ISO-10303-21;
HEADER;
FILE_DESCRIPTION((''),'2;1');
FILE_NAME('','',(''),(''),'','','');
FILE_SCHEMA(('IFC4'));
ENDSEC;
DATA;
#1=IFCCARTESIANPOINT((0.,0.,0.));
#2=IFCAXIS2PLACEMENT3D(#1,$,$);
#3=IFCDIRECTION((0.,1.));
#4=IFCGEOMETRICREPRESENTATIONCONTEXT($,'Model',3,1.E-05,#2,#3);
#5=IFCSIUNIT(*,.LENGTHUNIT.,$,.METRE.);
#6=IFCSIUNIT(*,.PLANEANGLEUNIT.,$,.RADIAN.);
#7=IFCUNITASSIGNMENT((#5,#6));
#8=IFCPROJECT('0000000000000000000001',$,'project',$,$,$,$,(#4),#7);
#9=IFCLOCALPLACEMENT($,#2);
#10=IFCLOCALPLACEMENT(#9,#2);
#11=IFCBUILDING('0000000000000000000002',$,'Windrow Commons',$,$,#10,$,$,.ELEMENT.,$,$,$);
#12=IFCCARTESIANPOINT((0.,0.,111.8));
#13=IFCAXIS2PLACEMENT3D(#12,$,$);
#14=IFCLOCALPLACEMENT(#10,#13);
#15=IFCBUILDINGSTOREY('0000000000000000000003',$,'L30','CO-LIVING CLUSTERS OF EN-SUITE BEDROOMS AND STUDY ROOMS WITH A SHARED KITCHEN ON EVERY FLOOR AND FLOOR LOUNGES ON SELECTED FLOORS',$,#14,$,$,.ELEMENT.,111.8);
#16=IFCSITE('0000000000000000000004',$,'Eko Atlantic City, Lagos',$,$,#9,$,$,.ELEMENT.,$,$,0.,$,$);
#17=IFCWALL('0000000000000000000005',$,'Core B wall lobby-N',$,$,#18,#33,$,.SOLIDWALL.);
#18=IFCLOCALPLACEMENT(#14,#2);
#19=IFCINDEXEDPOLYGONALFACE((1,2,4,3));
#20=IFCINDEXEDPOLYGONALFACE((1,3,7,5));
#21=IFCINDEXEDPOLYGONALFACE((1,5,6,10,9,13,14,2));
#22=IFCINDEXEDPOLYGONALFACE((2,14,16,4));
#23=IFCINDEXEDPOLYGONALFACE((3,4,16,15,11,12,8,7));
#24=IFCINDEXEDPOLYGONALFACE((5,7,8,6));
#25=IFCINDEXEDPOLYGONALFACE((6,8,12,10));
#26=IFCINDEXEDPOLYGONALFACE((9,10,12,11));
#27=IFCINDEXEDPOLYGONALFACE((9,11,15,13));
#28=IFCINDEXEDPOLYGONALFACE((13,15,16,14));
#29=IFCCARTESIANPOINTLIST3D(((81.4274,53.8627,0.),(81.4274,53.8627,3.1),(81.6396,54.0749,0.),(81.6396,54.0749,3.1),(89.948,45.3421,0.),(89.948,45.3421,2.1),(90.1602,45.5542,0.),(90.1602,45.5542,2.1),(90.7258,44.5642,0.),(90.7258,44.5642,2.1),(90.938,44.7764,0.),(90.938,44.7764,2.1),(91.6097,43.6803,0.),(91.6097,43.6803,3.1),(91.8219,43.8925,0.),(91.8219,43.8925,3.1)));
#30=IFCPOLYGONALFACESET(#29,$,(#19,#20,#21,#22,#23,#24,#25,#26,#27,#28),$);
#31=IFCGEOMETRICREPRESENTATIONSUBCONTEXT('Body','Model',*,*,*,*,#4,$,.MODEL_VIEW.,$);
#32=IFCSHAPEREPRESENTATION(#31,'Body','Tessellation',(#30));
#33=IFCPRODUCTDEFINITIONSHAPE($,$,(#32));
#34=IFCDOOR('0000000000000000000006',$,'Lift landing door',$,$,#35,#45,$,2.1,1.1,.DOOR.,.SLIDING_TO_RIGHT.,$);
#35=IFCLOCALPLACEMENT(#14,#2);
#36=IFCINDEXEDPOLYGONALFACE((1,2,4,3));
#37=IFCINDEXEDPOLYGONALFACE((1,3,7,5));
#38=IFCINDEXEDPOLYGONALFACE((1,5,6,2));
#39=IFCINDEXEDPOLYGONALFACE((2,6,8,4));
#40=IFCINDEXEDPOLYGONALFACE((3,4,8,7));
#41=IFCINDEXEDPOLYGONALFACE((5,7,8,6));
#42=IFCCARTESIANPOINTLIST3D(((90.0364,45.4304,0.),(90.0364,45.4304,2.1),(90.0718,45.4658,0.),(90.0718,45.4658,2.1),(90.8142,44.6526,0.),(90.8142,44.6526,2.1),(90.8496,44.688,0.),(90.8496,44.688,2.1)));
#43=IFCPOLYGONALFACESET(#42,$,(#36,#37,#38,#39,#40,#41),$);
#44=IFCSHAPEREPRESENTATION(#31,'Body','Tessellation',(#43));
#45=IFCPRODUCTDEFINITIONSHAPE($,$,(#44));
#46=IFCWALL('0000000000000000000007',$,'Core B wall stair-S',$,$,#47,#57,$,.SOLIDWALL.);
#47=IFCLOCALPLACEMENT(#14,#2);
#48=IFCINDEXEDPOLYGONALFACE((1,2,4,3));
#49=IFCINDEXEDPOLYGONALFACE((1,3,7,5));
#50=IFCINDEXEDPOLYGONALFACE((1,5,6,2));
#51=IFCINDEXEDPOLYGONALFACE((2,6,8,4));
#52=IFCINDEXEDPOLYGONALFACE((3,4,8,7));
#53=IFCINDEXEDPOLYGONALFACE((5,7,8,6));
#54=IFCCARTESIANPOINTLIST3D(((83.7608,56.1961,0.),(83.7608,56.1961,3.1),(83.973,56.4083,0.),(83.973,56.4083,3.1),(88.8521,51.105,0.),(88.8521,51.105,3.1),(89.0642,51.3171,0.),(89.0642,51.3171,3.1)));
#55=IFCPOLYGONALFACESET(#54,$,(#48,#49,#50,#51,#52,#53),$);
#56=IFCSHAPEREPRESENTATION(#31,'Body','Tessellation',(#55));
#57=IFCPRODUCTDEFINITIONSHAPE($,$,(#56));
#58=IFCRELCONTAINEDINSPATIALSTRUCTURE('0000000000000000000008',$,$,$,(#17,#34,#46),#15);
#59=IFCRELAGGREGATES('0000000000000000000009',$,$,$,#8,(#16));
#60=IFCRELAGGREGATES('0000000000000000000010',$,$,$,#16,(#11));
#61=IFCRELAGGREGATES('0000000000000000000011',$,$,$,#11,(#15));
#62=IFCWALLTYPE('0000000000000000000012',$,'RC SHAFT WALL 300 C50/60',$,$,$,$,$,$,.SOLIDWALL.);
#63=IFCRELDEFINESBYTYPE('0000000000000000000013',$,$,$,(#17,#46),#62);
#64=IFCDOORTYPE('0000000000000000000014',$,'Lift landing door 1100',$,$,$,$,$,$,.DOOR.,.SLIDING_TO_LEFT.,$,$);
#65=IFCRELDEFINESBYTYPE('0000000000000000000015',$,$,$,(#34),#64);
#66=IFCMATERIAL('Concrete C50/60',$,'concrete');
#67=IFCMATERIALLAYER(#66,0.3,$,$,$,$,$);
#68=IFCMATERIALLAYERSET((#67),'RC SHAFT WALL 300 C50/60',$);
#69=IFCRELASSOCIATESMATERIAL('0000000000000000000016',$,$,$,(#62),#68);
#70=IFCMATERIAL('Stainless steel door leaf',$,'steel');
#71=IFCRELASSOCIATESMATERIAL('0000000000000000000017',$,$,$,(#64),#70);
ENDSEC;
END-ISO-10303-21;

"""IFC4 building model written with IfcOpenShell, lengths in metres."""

from ifc_helpers import new_model, si_unit, direction, frame, frame_2d, origin, place, context, subcontext, project, spatial, rectangle, extrude, material, layer, layer_set, type_object, element, fill, save


model = new_model("IFC4")

# Units and contexts
model_context = context("Model", 3, precision=1e-05, world=origin(), true_north=direction((0.0, 1.0)))
body_context = subcontext(model_context, "Body", "Model", "MODEL_VIEW")
ifc_project = project(units=[si_unit("LENGTHUNIT", "METRE"), si_unit("PLANEANGLEUNIT", "RADIAN")], contexts=[model_context])

# Site, building, storey
site_placement = place(None, origin())
site = spatial("IfcSite", under=ifc_project, at=site_placement, Name="Eko Atlantic City, Lagos", CompositionType="ELEMENT", RefElevation=0.0)
building_placement = place(site_placement, origin())
building = spatial("IfcBuilding", under=site, at=building_placement, Name="Windrow Commons", CompositionType="ELEMENT")
storey_placement = place(building_placement, frame((0.0, 0.0, 111.8)))
storey = spatial("IfcBuildingStorey", under=building, at=storey_placement, Name="L30", Description="CO-LIVING CLUSTERS OF EN-SUITE BEDROOMS AND STUDY ROOMS WITH A SHARED KITCHEN ON EVERY FLOOR AND FLOOR LOUNGES ON SELECTED FLOORS", CompositionType="ELEMENT", Elevation=111.8)

# Wall, opening, door
ifc_material_1 = material(Name="Concrete C50/60", Category="concrete")
ifc_layer_1 = layer(ifc_material_1, 0.3)
ifc_layer_set_1 = layer_set([ifc_layer_1], Name="RC SHAFT WALL 300 C50/60")
wall_type_1 = type_object("IfcWallType", Name="RC SHAFT WALL 300 C50/60", PredefinedType="SOLIDWALL", material=ifc_layer_set_1)
wall_1_placement = place(storey_placement, frame((81.5335, 53.9688, 0.0), z_axis=(0.0, 0.0, 1.0), x_axis=(0.707103, -0.70711, 0.0)))
wall_1 = element("IfcWall", 1, at=wall_1_placement, inside=storey, type_object=wall_type_1, Name="Core B wall lobby-N", PredefinedType="SOLIDWALL", context=body_context, shape_type="SweptSolid", body=[
    extrude(rectangle(XDim=14.4, YDim=0.3, at=frame_2d((7.2, 0.0))), origin(), (0.0, 0.0, 1.0), 3.1),
])
opening_placement = place(wall_1_placement, frame((12.05, 0.0, 0.0)))
opening = element("IfcOpeningElement", 2, at=opening_placement, cuts=wall_1, PredefinedType="OPENING", context=body_context, shape_type="SweptSolid", body=[
    extrude(rectangle(XDim=1.1, YDim=2.1, at=frame_2d((0.55, 1.05))), frame((0.0, 0.16, 0.0), z_axis=(0.0, -1.0, 0.0), x_axis=(1.0, 0.0, 0.0)), (0.0, 0.0, 1.0), 0.32),
])
ifc_material_2 = material(Name="Stainless steel door leaf", Category="steel")
door_type = type_object("IfcDoorType", Name="Lift landing door 1100", OperationType="SLIDING_TO_LEFT", PredefinedType="DOOR", material=ifc_material_2)
door_placement = place(opening_placement, origin())
door = element("IfcDoor", 3, at=door_placement, inside=storey, type_object=door_type, Name="Lift landing door", OperationType="SLIDING_TO_RIGHT", OverallHeight=2.1, OverallWidth=1.1, PredefinedType="DOOR", context=body_context, shape_type="SweptSolid", body=[
    extrude(rectangle(XDim=1.1, YDim=2.1, at=frame_2d((0.55, 1.05))), frame((0.0, 0.025, 0.0), z_axis=(0.0, -1.0, 0.0), x_axis=(1.0, 0.0, 0.0)), (0.0, 0.0, 1.0), 0.05),
])
fill(opening, door)

# Wall
wall_2_placement = place(storey_placement, frame((83.8669, 56.3022, 0.0), z_axis=(0.0, 0.0, 1.0), x_axis=(0.707114, -0.7071, 0.0)))
element("IfcWall", 4, at=wall_2_placement, inside=storey, type_object=wall_type_1, Name="Core B wall stair-S", PredefinedType="SOLIDWALL", context=body_context, shape_type="SweptSolid", body=[
    extrude(rectangle(XDim=7.2, YDim=0.3, at=frame_2d((3.6, 0.0))), origin(), (0.0, 0.0, 1.0), 3.1),
])

save(model, "model.ifc")
